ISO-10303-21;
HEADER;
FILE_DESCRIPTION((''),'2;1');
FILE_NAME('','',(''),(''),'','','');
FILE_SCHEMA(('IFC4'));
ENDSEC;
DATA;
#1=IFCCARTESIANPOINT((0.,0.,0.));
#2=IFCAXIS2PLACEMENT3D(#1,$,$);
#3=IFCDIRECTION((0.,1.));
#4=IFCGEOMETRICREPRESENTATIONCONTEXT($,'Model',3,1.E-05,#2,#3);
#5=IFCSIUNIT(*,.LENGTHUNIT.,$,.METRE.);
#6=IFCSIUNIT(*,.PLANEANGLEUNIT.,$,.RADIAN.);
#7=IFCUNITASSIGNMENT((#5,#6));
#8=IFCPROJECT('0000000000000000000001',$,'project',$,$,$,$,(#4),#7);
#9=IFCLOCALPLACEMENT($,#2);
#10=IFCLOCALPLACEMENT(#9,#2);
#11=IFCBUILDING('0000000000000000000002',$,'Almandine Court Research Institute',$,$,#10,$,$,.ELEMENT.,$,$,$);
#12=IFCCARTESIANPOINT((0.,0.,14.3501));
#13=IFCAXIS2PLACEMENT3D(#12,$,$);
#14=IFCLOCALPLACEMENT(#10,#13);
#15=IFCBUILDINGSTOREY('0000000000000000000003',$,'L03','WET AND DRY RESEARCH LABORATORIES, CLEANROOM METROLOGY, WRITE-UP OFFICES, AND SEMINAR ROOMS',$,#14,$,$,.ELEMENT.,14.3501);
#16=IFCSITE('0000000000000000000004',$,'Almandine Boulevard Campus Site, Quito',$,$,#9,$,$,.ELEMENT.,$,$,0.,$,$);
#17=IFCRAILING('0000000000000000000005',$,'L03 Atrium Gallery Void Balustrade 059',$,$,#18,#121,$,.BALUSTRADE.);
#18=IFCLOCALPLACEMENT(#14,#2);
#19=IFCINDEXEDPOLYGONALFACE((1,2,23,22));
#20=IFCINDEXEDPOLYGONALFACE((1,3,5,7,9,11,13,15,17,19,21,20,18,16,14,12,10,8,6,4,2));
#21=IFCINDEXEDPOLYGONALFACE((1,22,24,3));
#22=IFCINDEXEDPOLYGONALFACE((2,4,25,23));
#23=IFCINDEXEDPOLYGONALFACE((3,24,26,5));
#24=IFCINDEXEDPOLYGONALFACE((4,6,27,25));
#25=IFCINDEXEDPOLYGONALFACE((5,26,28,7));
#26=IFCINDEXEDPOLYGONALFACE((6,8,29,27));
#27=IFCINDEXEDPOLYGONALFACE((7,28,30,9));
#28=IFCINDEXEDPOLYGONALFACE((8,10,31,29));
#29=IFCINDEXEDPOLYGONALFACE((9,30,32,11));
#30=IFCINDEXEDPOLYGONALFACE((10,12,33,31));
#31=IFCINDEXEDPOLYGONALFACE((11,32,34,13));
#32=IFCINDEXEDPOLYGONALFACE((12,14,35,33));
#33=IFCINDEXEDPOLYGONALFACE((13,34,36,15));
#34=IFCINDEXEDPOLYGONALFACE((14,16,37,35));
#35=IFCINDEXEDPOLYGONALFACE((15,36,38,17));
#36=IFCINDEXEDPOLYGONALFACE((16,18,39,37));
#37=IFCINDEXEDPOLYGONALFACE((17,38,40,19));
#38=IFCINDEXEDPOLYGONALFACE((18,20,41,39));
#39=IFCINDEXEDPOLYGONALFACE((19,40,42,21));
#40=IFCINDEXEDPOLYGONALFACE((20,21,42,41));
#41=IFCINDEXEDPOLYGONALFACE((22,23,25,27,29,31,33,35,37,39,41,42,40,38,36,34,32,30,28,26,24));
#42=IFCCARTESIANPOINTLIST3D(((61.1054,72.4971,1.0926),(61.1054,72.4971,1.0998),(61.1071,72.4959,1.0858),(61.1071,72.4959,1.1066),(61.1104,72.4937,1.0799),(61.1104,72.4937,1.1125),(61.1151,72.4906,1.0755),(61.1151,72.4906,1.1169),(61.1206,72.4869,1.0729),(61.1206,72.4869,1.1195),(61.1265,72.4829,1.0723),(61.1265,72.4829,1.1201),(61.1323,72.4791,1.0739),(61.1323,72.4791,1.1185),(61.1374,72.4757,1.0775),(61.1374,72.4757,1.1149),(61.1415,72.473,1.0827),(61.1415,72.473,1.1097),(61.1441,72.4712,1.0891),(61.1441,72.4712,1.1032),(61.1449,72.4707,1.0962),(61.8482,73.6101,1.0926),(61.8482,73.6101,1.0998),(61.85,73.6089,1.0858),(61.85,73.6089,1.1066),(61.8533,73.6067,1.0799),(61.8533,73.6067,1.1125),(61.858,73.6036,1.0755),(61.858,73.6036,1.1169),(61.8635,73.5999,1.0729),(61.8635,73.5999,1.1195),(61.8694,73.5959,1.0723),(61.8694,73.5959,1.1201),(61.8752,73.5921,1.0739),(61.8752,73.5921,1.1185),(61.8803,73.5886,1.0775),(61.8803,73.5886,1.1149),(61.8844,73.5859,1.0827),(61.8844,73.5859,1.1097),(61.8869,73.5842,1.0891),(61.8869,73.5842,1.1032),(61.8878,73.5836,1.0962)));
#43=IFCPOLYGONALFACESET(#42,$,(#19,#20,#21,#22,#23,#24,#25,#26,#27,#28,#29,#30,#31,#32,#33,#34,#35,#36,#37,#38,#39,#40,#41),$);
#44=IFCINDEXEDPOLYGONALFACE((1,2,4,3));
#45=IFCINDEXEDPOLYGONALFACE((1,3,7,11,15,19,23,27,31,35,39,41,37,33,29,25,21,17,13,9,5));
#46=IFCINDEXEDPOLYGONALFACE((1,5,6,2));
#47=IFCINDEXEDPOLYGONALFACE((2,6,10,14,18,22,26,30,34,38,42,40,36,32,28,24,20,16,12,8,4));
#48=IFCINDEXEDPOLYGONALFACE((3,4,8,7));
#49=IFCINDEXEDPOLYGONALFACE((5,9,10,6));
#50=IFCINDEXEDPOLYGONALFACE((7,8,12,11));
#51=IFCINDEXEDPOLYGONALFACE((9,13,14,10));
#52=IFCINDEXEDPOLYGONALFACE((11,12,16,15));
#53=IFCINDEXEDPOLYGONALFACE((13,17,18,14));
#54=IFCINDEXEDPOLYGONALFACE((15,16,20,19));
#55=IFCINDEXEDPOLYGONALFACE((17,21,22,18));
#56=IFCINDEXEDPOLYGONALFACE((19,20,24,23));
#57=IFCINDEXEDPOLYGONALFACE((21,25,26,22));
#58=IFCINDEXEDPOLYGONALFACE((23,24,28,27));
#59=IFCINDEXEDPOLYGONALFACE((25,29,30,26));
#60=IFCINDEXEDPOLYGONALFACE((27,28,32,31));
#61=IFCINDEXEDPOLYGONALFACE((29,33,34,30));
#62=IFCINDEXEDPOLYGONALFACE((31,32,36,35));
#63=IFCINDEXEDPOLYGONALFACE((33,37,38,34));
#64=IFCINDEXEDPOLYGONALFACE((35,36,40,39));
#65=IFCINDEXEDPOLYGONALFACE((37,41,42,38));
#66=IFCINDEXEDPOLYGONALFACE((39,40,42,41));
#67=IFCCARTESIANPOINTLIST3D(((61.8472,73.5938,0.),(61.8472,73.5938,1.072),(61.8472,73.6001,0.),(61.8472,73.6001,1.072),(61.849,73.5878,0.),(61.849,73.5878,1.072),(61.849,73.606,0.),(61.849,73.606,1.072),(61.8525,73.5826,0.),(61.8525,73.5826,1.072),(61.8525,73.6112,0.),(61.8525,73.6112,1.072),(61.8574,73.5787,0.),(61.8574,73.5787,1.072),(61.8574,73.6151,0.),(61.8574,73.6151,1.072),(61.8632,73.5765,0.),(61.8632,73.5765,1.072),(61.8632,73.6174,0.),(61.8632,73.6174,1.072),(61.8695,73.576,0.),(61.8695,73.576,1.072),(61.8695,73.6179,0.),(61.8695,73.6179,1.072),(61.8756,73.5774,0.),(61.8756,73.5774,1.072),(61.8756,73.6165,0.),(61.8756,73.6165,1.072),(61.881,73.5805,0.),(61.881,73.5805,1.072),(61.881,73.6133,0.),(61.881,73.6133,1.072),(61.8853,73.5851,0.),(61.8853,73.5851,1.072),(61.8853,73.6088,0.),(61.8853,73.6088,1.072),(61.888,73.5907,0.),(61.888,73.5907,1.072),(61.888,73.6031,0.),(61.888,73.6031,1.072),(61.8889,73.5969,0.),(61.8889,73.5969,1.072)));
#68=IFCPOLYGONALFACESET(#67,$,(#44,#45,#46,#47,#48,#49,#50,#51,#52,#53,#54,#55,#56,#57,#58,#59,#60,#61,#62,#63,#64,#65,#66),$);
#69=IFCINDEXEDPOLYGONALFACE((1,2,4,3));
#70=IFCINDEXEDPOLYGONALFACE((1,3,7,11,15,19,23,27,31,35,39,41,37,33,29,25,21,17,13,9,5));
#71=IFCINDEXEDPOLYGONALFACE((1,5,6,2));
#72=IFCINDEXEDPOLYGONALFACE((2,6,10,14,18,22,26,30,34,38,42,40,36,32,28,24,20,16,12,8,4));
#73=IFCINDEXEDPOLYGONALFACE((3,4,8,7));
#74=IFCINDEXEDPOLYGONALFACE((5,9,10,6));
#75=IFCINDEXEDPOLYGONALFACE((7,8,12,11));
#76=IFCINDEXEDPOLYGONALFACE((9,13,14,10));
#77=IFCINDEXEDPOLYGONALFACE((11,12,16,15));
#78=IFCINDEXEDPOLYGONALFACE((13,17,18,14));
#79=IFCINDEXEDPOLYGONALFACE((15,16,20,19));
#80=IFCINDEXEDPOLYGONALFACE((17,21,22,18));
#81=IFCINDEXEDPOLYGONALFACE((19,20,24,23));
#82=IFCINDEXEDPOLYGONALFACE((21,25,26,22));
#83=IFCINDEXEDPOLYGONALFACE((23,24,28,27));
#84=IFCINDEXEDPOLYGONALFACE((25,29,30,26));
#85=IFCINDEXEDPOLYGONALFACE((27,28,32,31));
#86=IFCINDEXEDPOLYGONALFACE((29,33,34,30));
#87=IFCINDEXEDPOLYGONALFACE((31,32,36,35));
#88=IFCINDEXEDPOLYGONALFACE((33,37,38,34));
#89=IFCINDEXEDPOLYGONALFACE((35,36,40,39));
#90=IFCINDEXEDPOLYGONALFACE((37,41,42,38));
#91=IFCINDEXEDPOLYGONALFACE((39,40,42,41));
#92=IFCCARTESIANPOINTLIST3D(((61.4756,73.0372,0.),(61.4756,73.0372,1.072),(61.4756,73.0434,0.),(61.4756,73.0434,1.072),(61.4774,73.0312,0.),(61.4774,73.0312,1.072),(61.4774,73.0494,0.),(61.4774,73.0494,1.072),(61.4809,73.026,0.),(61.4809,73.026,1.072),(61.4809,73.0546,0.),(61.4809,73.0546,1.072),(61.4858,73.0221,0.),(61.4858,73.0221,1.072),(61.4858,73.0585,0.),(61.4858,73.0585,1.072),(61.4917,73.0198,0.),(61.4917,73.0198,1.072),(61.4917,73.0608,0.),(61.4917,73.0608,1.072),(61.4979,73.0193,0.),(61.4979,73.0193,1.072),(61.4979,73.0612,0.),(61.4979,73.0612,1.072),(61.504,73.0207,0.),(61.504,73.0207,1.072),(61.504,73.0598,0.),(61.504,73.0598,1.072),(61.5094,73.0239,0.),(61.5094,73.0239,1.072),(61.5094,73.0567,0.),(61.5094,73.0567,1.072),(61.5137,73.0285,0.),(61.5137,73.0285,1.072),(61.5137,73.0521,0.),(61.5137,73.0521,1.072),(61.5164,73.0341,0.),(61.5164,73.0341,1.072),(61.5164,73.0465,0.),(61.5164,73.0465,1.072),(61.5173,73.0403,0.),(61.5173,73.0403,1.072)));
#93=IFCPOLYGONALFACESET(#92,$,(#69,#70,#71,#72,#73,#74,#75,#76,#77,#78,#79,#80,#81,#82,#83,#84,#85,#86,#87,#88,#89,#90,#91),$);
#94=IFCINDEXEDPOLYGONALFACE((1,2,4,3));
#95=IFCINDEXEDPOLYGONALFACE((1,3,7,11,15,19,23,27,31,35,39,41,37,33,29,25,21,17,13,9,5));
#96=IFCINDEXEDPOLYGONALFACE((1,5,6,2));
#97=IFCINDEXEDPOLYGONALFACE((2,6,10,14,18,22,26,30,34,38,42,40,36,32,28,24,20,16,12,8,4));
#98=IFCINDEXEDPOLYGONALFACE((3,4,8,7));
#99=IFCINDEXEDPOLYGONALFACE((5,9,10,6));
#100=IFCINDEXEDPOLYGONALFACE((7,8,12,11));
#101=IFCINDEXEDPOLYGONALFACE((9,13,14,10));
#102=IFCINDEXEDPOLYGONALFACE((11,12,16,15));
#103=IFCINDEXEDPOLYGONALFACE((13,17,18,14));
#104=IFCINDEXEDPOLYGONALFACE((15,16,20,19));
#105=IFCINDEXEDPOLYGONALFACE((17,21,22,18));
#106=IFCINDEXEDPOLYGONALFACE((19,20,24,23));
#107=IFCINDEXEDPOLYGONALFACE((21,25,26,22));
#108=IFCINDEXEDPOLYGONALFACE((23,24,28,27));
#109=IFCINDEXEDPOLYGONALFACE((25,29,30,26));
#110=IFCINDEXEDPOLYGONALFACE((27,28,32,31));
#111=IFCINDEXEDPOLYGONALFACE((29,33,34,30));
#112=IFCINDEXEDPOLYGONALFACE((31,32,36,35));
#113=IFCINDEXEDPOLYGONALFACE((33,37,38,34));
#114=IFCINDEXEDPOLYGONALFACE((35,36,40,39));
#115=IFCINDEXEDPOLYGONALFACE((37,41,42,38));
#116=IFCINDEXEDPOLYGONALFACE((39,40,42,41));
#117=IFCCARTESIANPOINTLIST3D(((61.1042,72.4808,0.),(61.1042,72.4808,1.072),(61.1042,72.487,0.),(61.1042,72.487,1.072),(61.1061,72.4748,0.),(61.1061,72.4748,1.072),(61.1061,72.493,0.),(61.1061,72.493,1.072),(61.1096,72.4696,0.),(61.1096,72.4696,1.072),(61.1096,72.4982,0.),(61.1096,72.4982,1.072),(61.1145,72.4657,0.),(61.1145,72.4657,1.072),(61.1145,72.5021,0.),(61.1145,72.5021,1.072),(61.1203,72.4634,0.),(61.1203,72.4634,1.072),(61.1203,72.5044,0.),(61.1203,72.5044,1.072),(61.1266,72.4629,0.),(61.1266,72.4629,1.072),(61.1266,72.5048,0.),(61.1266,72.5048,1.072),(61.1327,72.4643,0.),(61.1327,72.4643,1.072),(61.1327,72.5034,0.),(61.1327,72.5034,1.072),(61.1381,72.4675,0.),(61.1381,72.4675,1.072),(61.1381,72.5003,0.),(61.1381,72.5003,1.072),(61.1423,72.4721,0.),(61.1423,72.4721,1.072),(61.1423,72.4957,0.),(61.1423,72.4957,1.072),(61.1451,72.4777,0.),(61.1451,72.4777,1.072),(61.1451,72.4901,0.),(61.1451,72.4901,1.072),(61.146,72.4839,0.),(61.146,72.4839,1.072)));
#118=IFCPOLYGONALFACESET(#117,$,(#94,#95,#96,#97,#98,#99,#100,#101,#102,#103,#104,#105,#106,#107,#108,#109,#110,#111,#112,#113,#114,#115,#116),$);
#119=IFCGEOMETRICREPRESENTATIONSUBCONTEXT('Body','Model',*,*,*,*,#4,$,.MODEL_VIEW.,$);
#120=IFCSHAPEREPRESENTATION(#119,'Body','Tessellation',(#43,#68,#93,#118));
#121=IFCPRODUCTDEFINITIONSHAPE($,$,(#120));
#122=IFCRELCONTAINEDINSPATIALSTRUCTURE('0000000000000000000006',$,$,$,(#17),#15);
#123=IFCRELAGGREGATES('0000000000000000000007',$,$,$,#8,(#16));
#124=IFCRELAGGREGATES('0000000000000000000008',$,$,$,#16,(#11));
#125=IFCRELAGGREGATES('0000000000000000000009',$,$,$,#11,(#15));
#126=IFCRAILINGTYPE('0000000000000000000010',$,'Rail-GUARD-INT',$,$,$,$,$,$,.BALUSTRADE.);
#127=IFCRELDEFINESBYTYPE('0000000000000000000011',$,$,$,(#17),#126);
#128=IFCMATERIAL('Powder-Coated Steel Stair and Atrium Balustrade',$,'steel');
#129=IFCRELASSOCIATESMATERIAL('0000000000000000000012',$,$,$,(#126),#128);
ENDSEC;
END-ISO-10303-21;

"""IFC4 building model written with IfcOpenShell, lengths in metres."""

from ifc_helpers import new_model, si_unit, direction, frame, origin, origin_2d, place, context, subcontext, project, spatial, circle, extrude, material, type_object, element, save


model = new_model("IFC4")

# Units and contexts
model_context = context("Model", 3, precision=1e-05, world=origin(), true_north=direction((0.0, 1.0)))
body_context = subcontext(model_context, "Body", "Model", "MODEL_VIEW")
ifc_project = project(units=[si_unit("LENGTHUNIT", "METRE"), si_unit("PLANEANGLEUNIT", "RADIAN")], contexts=[model_context])

# Site, building, storey
site_placement = place(None, origin())
site = spatial("IfcSite", under=ifc_project, at=site_placement, Name="Almandine Boulevard Campus Site, Quito", CompositionType="ELEMENT", RefElevation=0.0)
building_placement = place(site_placement, origin())
building = spatial("IfcBuilding", under=site, at=building_placement, Name="Almandine Court Research Institute", CompositionType="ELEMENT")
storey_placement = place(building_placement, frame((0.0, 0.0, 14.3501)))
storey = spatial("IfcBuildingStorey", under=building, at=storey_placement, Name="L03", Description="WET AND DRY RESEARCH LABORATORIES, CLEANROOM METROLOGY, WRITE-UP OFFICES, AND SEMINAR ROOMS", CompositionType="ELEMENT", Elevation=14.3501)

# Railing
ifc_material_1 = material(Name="Powder-Coated Steel Stair and Atrium Balustrade", Category="steel")
railing_type = type_object("IfcRailingType", Name="Rail-GUARD-INT", PredefinedType="BALUSTRADE", material=ifc_material_1)
railing_1_placement = place(storey_placement, frame((61.8679, 73.5969, 0.0)))
element("IfcRailing", 1, at=railing_1_placement, inside=storey, type_object=railing_type, Name="L03 Atrium Gallery Void Balustrade 059", PredefinedType="BALUSTRADE", context=body_context, shape_type="SweptSolid", body=[
    extrude(circle(Radius=0.0239, at=origin_2d()), frame((0.0, 0.0, 1.0962), z_axis=(-0.555163, -0.831741, 0.0), x_axis=(0.831741, -0.555163, 0.0)), (0.0, 0.0, 1.0), 1.3381),
    extrude(circle(Radius=0.021, at=origin_2d()), origin(), (0.0, 0.0, 1.0), 1.072),
    extrude(circle(Radius=0.021, at=origin_2d()), frame((-0.3716, -0.5566, 0.0)), (0.0, 0.0, 1.0), 1.072),
    extrude(circle(Radius=0.021, at=origin_2d()), frame((-0.7429, -1.113, 0.0)), (0.0, 0.0, 1.0), 1.072),
])

save(model, "model.ifc")
